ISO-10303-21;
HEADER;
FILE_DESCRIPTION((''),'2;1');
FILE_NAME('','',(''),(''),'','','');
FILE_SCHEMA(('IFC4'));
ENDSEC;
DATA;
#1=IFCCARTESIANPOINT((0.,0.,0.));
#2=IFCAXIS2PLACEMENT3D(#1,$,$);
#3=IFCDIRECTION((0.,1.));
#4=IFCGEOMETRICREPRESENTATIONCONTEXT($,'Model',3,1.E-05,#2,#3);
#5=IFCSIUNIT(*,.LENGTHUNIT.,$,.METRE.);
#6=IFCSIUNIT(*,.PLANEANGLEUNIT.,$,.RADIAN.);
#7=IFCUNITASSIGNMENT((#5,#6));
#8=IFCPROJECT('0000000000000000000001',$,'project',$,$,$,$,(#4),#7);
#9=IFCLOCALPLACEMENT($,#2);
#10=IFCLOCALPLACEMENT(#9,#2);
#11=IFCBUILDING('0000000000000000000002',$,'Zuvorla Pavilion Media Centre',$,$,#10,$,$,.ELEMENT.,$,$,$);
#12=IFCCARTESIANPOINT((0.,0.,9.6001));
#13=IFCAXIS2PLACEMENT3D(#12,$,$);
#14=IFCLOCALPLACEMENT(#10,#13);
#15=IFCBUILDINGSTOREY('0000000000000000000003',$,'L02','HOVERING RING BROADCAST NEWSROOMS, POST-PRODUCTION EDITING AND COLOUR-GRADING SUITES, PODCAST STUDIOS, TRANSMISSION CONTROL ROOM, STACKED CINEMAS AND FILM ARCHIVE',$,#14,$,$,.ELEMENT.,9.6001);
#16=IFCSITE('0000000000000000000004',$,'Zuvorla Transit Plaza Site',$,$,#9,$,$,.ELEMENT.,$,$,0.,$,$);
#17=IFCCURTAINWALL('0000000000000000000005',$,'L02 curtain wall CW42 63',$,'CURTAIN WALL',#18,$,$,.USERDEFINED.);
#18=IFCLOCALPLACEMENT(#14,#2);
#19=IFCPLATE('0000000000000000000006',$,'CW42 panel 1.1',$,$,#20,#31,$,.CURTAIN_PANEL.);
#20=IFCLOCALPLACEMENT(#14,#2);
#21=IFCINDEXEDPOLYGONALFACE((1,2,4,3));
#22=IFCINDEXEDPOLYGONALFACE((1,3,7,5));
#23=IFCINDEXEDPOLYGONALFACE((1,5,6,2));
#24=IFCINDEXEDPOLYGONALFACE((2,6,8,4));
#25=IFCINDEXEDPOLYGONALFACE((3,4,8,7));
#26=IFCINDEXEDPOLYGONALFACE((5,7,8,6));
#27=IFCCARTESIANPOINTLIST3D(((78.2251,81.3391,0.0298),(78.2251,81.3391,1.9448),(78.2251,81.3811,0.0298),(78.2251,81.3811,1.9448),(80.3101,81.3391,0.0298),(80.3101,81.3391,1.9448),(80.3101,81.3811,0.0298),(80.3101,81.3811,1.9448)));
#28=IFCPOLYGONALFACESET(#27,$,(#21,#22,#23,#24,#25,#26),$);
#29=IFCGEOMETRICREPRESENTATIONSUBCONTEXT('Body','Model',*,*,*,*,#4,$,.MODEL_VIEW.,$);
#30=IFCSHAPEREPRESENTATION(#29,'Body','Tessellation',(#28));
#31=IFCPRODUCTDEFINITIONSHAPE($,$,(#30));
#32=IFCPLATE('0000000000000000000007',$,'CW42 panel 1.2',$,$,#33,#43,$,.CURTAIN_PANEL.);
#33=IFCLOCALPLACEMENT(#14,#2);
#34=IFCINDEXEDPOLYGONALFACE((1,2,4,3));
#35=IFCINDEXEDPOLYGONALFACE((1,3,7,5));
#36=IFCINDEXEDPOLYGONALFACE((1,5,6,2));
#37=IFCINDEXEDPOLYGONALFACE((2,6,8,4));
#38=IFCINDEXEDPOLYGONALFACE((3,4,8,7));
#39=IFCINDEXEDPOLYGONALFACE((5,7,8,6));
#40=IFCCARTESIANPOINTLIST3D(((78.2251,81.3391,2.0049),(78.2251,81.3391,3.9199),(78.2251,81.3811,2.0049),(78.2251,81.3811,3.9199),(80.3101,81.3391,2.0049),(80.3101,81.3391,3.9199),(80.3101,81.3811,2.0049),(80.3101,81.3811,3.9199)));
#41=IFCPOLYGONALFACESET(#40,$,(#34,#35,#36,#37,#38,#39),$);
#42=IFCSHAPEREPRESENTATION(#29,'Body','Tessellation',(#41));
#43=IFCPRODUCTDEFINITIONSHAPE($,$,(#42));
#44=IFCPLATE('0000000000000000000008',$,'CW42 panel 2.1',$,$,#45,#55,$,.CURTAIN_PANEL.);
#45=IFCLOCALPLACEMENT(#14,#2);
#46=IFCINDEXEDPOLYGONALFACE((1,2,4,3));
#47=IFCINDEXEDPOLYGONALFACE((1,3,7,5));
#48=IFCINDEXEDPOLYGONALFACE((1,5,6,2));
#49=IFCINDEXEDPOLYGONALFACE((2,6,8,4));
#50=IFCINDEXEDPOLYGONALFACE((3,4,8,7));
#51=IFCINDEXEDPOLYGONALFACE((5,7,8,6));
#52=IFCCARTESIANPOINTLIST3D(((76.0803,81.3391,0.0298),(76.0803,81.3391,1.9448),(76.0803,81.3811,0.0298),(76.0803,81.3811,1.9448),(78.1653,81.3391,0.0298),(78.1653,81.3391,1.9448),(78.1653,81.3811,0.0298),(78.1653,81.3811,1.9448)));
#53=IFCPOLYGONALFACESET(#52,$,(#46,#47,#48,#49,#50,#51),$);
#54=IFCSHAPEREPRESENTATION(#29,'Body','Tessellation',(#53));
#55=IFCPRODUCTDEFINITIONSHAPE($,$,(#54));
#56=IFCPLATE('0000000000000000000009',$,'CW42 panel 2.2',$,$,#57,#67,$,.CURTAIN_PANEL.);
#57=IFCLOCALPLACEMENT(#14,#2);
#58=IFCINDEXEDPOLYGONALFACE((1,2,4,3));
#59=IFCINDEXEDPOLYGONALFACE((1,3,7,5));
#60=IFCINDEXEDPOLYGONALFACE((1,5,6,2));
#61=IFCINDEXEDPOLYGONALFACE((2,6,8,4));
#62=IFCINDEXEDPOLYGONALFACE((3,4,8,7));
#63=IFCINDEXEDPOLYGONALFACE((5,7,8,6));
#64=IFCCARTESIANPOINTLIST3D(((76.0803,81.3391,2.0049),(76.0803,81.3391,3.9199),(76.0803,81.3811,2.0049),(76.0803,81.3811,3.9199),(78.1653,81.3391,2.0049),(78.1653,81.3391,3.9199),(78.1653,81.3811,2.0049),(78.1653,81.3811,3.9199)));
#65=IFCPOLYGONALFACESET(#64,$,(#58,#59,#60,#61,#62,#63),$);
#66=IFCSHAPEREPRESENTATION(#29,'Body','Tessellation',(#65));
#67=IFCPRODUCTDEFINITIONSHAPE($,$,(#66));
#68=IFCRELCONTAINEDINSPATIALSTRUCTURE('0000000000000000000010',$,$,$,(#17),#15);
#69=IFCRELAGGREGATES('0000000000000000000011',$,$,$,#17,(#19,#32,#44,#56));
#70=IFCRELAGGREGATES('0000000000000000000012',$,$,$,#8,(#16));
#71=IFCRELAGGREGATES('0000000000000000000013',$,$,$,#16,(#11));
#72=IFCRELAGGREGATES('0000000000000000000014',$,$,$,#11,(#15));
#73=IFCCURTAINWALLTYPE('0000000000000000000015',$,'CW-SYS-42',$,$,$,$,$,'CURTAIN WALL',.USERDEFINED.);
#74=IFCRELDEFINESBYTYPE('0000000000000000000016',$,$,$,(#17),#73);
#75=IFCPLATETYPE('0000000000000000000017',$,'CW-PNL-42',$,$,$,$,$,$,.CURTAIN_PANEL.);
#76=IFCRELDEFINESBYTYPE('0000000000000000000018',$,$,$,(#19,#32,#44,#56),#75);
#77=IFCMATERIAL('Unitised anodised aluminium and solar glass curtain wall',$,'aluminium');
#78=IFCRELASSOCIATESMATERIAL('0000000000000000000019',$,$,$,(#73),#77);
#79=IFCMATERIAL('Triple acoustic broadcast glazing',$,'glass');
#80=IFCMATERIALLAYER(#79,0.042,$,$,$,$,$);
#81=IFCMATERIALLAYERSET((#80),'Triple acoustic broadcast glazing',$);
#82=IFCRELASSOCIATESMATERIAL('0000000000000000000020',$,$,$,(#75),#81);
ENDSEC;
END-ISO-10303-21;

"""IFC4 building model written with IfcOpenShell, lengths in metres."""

from ifc_helpers import new_model, si_unit, direction, frame, origin, origin_2d, place, context, subcontext, project, spatial, rectangle, extrude, material, layer, layer_set, type_object, element, aggregate, save


model = new_model("IFC4")

# Units and contexts
model_context = context("Model", 3, precision=1e-05, world=origin(), true_north=direction((0.0, 1.0)))
body_context = subcontext(model_context, "Body", "Model", "MODEL_VIEW")
ifc_project = project(units=[si_unit("LENGTHUNIT", "METRE"), si_unit("PLANEANGLEUNIT", "RADIAN")], contexts=[model_context])

# Site, building, storey
site_placement = place(None, origin())
site = spatial("IfcSite", under=ifc_project, at=site_placement, Name="Zuvorla Transit Plaza Site", CompositionType="ELEMENT", RefElevation=0.0)
building_placement = place(site_placement, origin())
building = spatial("IfcBuilding", under=site, at=building_placement, Name="Zuvorla Pavilion Media Centre", CompositionType="ELEMENT")
storey_placement = place(building_placement, frame((0.0, 0.0, 9.6001)))
storey = spatial("IfcBuildingStorey", under=building, at=storey_placement, Name="L02", Description="HOVERING RING BROADCAST NEWSROOMS, POST-PRODUCTION EDITING AND COLOUR-GRADING SUITES, PODCAST STUDIOS, TRANSMISSION CONTROL ROOM, STACKED CINEMAS AND FILM ARCHIVE", CompositionType="ELEMENT", Elevation=9.6001)

# Curtain wall
ifc_material_1 = material(Name="Unitised anodised aluminium and solar glass curtain wall", Category="aluminium")
curtain_wall_type_1 = type_object("IfcCurtainWallType", Name="CW-SYS-42", ElementType="CURTAIN WALL", PredefinedType="USERDEFINED", material=ifc_material_1)
curtain_wall_1_placement = place(storey_placement, origin())
curtain_wall_1 = element("IfcCurtainWall", 1, at=curtain_wall_1_placement, inside=storey, type_object=curtain_wall_type_1, Name="L02 curtain wall CW42 63", ObjectType="CURTAIN WALL", PredefinedType="USERDEFINED")

# Plates
ifc_material_2 = material(Name="Triple acoustic broadcast glazing", Category="glass")
ifc_layer_1 = layer(ifc_material_2, 0.042)
ifc_layer_set_1 = layer_set([ifc_layer_1], Name="Triple acoustic broadcast glazing")
plate_type_1 = type_object("IfcPlateType", Name="CW-PNL-42", PredefinedType="CURTAIN_PANEL", material=ifc_layer_set_1)
plate_1_placement = place(storey_placement, frame((79.2676, 81.3601, 0.0298), z_axis=(0.0, 0.0, 1.0), x_axis=(-1.0, 0.0, 0.0)))
plate_1 = element("IfcPlate", 2, at=plate_1_placement, type_object=plate_type_1, Name="CW42 panel 1.1", PredefinedType="CURTAIN_PANEL", context=body_context, shape_type="SweptSolid", body=[
    extrude(rectangle(XDim=2.085, YDim=0.042, at=origin_2d()), origin(), (0.0, 0.0, 1.0), 1.915),
])
plate_2_placement = place(storey_placement, frame((79.2676, 81.3601, 2.0049), z_axis=(0.0, 0.0, 1.0), x_axis=(-1.0, 0.0, 0.0)))
plate_2 = element("IfcPlate", 3, at=plate_2_placement, type_object=plate_type_1, Name="CW42 panel 1.2", PredefinedType="CURTAIN_PANEL", context=body_context, shape_type="SweptSolid", body=[
    extrude(rectangle(XDim=2.085, YDim=0.042, at=origin_2d()), origin(), (0.0, 0.0, 1.0), 1.915),
])
plate_3_placement = place(storey_placement, frame((77.1228, 81.3601, 0.0298), z_axis=(0.0, 0.0, 1.0), x_axis=(-1.0, 0.0, 0.0)))
plate_3 = element("IfcPlate", 4, at=plate_3_placement, type_object=plate_type_1, Name="CW42 panel 2.1", PredefinedType="CURTAIN_PANEL", context=body_context, shape_type="SweptSolid", body=[
    extrude(rectangle(XDim=2.085, YDim=0.042, at=origin_2d()), origin(), (0.0, 0.0, 1.0), 1.915),
])
plate_4_placement = place(storey_placement, frame((77.1228, 81.3601, 2.0049), z_axis=(0.0, 0.0, 1.0), x_axis=(-1.0, 0.0, 0.0)))
plate_4 = element("IfcPlate", 5, at=plate_4_placement, type_object=plate_type_1, Name="CW42 panel 2.2", PredefinedType="CURTAIN_PANEL", context=body_context, shape_type="SweptSolid", body=[
    extrude(rectangle(XDim=2.085, YDim=0.042, at=origin_2d()), origin(), (0.0, 0.0, 1.0), 1.915),
])
aggregate(curtain_wall_1, [plate_1, plate_2, plate_3, plate_4])

save(model, "model.ifc")
